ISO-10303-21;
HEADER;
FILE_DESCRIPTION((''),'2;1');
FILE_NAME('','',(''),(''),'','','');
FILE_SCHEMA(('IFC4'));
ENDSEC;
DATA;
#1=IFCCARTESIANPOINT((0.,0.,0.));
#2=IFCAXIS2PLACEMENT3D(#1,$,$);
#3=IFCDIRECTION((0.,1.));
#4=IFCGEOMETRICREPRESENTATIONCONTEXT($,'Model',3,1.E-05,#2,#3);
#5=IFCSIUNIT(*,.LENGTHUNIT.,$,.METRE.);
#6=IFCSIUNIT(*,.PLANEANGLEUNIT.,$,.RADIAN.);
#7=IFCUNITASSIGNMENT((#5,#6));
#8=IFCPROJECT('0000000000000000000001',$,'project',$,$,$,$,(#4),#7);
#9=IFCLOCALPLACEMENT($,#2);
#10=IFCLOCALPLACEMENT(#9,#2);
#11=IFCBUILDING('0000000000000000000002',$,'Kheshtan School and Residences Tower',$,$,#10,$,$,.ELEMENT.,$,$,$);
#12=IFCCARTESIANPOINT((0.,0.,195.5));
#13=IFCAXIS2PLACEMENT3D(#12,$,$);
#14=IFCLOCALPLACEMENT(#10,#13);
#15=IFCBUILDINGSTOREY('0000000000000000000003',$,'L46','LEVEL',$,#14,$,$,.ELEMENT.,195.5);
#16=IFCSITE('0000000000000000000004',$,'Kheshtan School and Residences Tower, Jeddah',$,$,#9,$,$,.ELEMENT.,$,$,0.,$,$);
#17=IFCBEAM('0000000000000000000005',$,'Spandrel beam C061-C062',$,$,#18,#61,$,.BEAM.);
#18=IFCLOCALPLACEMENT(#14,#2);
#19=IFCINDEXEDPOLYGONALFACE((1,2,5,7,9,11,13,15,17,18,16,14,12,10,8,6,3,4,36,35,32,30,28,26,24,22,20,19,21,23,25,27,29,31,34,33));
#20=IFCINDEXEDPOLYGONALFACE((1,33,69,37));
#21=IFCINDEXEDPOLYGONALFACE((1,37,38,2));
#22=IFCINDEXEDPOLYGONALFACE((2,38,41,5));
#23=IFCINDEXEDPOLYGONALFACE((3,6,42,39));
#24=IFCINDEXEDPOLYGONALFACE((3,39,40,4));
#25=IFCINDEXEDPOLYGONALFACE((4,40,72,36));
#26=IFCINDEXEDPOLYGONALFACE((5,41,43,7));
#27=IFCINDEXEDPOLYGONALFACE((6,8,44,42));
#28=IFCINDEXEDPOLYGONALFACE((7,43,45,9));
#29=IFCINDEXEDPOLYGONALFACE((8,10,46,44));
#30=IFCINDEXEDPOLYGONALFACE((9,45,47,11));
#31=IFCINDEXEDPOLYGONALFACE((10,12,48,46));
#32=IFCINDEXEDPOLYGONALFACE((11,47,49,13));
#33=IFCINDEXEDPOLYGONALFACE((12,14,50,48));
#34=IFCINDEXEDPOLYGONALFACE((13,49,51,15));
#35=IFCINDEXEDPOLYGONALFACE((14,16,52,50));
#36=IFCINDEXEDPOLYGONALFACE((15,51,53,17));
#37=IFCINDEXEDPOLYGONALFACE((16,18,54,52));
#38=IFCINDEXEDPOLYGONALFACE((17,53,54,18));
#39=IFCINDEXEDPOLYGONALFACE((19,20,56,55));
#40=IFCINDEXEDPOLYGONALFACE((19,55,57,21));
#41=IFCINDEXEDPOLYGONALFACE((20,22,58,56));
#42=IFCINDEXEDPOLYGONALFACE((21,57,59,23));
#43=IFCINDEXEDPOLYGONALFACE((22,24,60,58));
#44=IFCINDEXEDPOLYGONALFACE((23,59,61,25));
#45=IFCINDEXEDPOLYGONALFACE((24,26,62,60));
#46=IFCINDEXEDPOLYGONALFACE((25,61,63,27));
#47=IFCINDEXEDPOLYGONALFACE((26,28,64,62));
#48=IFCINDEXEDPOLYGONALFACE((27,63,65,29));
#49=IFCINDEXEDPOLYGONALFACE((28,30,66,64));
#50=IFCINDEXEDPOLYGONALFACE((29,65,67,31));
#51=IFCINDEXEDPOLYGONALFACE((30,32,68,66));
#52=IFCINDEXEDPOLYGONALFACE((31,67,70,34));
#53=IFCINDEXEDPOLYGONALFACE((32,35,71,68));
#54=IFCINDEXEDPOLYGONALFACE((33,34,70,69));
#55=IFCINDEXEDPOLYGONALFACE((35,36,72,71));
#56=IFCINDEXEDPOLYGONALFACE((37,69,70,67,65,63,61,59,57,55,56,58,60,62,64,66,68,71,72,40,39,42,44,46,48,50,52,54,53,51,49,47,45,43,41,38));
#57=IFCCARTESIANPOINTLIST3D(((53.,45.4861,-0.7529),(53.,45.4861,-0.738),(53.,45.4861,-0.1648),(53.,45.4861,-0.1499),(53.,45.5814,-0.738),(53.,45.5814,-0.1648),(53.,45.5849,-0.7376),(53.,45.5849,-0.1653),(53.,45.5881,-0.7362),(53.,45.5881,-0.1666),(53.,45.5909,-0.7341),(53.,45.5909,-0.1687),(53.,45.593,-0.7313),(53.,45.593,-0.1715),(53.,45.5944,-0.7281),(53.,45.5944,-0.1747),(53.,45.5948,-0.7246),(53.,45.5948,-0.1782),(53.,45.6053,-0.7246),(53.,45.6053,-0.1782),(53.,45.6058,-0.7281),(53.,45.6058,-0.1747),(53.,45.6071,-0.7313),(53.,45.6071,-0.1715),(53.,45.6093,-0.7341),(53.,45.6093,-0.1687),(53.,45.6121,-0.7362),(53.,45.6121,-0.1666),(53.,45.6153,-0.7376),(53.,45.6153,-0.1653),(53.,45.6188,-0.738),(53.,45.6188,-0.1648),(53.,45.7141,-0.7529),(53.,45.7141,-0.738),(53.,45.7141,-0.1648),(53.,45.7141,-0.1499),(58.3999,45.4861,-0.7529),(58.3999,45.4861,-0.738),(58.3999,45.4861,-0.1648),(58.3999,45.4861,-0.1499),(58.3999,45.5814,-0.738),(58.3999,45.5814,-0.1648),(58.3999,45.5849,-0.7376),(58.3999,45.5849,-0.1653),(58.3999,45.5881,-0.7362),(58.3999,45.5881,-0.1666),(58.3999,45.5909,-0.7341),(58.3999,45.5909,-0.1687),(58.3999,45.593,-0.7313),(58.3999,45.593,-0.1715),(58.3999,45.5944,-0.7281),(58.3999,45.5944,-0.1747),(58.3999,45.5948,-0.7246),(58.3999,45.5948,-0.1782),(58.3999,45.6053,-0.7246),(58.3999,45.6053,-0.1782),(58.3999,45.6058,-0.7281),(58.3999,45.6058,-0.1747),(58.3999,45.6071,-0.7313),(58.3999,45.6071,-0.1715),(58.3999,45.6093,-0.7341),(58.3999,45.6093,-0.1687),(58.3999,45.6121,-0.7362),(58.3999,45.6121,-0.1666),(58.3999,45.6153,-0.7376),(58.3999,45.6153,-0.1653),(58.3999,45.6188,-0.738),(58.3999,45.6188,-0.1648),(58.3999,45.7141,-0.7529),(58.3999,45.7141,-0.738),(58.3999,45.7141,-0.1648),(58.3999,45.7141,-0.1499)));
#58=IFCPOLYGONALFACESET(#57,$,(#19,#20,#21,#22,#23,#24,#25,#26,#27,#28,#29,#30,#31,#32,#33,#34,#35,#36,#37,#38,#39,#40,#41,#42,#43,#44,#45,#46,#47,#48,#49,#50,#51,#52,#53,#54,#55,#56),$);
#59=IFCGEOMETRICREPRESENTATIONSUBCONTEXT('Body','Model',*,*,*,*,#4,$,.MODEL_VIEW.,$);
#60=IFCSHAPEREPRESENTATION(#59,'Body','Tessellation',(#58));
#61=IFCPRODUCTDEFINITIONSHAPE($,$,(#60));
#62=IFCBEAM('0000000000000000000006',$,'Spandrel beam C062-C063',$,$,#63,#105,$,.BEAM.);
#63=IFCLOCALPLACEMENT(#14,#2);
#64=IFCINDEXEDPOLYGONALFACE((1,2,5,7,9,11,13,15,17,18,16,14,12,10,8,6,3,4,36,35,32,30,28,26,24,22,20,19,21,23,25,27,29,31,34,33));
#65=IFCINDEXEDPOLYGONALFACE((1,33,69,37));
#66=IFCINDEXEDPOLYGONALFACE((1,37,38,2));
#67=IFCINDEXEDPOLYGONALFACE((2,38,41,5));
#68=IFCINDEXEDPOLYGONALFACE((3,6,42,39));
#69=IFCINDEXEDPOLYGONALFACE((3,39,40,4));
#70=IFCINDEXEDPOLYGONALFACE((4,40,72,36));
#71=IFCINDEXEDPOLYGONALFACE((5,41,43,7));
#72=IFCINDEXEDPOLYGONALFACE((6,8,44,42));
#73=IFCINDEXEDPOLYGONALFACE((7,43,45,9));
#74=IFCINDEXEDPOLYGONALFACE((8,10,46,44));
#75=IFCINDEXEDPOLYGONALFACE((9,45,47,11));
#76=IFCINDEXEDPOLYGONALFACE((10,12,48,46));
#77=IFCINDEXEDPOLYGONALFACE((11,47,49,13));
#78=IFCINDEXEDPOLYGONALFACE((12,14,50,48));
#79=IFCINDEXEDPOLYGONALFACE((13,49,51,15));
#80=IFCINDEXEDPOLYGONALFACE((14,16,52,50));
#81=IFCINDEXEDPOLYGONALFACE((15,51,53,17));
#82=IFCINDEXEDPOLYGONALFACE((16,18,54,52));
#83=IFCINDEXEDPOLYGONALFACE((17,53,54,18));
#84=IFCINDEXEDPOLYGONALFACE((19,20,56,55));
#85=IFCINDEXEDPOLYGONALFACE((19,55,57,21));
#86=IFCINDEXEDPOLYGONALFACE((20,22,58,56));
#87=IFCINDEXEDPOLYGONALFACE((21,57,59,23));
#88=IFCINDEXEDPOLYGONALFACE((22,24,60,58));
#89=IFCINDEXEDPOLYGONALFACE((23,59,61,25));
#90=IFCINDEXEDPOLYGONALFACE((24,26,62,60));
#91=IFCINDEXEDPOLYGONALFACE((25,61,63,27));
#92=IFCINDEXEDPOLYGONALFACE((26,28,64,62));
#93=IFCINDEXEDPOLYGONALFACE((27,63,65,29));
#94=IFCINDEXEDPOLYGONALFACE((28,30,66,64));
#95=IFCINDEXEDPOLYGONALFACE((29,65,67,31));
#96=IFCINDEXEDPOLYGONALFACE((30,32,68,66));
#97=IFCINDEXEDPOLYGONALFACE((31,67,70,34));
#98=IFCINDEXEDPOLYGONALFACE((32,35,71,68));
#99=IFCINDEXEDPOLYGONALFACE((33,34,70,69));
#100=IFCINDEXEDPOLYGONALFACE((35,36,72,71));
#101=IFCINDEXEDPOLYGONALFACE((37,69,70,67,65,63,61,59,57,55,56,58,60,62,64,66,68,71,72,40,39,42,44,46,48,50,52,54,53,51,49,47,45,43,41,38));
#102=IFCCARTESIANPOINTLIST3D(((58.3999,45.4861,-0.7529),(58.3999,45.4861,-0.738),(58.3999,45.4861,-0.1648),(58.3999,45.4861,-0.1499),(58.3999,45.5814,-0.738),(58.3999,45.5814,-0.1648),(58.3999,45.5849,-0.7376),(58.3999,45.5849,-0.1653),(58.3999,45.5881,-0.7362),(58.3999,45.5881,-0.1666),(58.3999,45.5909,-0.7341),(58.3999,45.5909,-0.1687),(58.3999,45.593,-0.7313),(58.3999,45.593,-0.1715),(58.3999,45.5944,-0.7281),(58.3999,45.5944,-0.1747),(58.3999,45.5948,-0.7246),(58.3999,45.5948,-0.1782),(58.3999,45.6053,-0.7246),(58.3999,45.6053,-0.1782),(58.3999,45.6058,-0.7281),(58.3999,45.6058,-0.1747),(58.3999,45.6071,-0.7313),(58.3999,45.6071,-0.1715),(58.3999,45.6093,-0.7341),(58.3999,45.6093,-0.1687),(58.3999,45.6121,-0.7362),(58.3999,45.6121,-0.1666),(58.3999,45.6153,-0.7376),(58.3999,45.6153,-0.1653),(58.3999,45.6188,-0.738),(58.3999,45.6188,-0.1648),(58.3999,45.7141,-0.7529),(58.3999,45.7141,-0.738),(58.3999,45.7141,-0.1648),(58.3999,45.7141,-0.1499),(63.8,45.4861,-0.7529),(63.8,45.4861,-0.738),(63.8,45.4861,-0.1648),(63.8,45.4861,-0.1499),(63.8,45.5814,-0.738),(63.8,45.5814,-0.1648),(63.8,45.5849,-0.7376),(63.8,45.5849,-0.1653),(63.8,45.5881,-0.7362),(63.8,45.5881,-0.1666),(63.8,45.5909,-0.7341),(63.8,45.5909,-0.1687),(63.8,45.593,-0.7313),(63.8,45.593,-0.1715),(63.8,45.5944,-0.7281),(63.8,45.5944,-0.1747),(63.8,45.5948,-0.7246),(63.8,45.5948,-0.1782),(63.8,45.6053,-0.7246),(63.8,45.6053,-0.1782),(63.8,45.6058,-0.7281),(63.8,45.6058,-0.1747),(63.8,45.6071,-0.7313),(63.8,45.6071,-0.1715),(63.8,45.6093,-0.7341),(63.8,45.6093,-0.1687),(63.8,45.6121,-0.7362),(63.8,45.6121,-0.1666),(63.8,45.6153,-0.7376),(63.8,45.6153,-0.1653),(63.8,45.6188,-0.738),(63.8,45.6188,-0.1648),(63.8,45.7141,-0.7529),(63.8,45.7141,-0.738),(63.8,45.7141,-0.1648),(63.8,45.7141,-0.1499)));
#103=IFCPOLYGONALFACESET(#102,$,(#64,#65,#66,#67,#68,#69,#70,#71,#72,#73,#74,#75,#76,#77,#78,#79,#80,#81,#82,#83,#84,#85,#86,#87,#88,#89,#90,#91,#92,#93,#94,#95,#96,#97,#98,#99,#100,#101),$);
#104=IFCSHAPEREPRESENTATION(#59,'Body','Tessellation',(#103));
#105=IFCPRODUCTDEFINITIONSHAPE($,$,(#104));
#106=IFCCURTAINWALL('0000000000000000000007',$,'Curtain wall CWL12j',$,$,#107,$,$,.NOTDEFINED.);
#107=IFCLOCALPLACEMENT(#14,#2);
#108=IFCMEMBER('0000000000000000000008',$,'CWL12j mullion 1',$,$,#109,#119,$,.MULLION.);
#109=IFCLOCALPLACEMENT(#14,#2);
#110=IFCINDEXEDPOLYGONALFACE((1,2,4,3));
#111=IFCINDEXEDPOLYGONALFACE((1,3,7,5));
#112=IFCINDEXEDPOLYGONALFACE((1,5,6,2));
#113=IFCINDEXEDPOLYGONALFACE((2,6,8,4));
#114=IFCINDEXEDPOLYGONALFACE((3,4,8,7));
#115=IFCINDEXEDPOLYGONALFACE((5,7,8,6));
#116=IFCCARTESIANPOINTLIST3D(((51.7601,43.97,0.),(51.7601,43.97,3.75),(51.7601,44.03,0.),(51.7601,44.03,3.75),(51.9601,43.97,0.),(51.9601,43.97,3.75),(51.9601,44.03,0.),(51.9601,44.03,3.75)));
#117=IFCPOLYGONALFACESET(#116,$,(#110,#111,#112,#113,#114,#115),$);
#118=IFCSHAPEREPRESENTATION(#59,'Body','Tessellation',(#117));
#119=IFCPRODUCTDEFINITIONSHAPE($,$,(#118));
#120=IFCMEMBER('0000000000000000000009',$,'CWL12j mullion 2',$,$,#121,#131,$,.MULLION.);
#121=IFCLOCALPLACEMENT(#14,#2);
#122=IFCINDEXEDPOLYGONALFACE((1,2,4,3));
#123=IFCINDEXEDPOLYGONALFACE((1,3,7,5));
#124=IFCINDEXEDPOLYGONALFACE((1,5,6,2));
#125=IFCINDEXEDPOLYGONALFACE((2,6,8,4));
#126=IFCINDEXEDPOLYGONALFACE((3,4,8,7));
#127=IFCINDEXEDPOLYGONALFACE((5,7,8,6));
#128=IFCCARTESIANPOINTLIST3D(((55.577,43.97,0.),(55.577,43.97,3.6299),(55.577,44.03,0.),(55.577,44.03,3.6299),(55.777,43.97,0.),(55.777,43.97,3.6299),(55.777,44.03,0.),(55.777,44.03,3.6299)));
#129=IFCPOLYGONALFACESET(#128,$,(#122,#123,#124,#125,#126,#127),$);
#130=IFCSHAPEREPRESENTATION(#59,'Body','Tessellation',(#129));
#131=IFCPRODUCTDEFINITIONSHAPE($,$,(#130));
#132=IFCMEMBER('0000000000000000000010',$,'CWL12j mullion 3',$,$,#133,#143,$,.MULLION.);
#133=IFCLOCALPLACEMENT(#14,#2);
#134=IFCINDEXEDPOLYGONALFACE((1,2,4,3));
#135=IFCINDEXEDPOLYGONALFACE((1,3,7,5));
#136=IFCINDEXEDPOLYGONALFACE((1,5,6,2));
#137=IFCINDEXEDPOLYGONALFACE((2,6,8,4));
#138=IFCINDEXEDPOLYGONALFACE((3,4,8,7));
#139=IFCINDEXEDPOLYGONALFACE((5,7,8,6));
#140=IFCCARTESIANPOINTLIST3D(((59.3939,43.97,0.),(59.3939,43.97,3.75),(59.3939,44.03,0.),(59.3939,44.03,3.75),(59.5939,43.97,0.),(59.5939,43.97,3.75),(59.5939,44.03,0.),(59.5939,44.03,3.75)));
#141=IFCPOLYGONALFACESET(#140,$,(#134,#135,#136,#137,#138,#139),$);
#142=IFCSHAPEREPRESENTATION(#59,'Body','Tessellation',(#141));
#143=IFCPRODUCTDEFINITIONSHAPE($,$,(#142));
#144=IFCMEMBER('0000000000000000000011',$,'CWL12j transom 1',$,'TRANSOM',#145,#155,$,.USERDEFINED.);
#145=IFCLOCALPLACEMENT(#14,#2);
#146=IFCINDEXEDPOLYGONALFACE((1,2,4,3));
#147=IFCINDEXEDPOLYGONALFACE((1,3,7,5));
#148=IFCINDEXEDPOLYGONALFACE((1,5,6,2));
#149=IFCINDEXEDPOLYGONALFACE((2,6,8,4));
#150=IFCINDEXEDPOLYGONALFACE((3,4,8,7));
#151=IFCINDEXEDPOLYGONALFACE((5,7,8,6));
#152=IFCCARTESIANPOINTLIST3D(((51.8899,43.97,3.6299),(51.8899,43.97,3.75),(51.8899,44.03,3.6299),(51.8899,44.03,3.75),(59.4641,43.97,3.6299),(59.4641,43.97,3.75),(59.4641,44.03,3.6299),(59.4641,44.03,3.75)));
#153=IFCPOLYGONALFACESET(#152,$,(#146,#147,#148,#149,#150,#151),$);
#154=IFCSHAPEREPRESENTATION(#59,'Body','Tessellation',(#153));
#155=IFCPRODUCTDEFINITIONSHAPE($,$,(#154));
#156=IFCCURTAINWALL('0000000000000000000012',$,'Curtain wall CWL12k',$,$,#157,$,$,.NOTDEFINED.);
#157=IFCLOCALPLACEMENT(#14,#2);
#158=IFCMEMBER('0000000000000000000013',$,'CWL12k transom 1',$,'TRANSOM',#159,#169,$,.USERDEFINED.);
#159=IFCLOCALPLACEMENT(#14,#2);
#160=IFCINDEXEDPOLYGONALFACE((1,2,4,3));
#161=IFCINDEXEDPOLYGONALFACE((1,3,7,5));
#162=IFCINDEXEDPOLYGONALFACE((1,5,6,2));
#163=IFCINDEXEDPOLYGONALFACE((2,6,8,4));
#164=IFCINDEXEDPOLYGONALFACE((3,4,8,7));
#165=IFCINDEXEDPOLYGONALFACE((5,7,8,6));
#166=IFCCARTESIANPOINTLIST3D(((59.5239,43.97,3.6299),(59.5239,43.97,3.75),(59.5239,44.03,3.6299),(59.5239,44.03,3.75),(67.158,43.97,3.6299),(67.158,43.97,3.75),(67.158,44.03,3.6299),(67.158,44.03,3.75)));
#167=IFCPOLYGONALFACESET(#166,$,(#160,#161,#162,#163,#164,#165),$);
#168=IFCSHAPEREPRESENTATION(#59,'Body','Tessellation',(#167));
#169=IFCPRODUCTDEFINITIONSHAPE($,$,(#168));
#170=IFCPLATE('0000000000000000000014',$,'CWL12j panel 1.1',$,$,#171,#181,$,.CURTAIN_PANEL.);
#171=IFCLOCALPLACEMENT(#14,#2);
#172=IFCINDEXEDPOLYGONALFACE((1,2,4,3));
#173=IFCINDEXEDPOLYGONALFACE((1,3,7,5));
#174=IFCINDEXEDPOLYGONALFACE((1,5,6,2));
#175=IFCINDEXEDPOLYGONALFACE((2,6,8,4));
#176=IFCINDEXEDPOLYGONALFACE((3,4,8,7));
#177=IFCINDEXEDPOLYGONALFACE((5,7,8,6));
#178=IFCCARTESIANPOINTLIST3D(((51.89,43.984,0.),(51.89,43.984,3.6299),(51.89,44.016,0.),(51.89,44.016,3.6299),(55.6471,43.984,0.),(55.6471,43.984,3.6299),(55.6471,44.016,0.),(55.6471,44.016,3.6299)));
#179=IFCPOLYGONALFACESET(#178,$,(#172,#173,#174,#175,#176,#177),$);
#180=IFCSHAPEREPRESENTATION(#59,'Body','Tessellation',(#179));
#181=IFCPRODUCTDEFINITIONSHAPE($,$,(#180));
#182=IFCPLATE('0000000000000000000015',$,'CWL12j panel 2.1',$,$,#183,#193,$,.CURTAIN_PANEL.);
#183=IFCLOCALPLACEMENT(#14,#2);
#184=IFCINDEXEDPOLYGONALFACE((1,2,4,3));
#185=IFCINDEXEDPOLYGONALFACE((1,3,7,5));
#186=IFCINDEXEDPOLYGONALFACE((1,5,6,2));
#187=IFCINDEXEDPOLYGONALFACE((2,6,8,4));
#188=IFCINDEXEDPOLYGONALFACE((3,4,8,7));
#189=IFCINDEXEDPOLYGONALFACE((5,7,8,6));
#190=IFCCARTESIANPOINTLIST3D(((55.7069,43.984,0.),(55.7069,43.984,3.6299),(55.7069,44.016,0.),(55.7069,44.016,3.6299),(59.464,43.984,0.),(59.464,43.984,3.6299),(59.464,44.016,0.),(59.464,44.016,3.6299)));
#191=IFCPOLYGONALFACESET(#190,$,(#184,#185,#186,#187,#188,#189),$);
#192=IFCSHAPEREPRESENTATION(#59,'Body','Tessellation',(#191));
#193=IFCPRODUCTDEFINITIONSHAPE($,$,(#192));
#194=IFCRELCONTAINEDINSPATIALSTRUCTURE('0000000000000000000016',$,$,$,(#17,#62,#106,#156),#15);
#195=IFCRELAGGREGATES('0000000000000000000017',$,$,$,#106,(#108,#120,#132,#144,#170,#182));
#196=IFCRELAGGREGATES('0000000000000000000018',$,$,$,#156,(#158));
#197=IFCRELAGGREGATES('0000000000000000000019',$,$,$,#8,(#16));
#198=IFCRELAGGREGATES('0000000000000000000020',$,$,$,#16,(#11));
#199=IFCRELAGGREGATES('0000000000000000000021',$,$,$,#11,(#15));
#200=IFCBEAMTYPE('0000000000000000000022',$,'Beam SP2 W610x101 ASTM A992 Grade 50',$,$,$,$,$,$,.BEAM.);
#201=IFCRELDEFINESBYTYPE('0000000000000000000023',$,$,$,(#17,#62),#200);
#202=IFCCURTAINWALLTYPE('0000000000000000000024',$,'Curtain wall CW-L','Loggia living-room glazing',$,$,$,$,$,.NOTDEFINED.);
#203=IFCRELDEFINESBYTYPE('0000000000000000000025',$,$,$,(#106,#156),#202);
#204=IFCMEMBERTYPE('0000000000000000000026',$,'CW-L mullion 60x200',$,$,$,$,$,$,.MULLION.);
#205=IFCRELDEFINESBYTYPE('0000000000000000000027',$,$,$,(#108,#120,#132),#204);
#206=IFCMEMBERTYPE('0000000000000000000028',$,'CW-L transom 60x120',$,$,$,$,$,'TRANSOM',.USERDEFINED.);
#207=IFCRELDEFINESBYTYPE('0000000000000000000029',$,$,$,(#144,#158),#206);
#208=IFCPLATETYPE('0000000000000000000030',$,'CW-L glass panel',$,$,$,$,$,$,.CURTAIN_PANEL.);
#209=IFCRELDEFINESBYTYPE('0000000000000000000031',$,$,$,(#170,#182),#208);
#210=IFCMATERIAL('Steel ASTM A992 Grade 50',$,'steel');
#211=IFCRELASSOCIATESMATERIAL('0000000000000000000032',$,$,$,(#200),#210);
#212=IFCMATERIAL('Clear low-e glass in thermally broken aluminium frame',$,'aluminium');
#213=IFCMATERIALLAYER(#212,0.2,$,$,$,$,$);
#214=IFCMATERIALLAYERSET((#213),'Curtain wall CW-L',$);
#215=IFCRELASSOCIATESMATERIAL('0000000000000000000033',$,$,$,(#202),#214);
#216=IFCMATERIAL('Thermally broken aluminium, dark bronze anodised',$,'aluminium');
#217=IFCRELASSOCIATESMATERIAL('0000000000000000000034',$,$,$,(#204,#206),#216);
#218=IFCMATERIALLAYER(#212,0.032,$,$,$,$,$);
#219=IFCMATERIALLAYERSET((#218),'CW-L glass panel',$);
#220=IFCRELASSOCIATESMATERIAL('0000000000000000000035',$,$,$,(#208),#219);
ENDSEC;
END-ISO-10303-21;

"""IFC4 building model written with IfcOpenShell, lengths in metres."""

from ifc_helpers import new_model, si_unit, direction, frame, origin, origin_2d, place, context, subcontext, project, spatial, rectangle, i_section, extrude, material, layer, layer_set, material_profile, profile_set, type_object, element, aggregate, save


model = new_model("IFC4")

# Units and contexts
model_context = context("Model", 3, precision=1e-05, world=origin(), true_north=direction((0.0, 1.0)))
body_context = subcontext(model_context, "Body", "Model", "MODEL_VIEW")
ifc_project = project(units=[si_unit("LENGTHUNIT", "METRE"), si_unit("PLANEANGLEUNIT", "RADIAN")], contexts=[model_context])

# Site, building, storey
site_placement = place(None, origin())
site = spatial("IfcSite", under=ifc_project, at=site_placement, Name="Kheshtan School and Residences Tower, Jeddah", CompositionType="ELEMENT", RefElevation=0.0)
building_placement = place(site_placement, origin())
building = spatial("IfcBuilding", under=site, at=building_placement, Name="Kheshtan School and Residences Tower", CompositionType="ELEMENT")
storey_placement = place(building_placement, frame((0.0, 0.0, 195.5)))
storey = spatial("IfcBuildingStorey", under=building, at=storey_placement, Name="L46", Description="LEVEL", CompositionType="ELEMENT", Elevation=195.5)

# Shared definitions
ifc_material_1 = material(Name="Steel ASTM A992 Grade 50", Category="steel")

# Beams
ifc_material_profile_1 = material_profile(ifc_material_1, i_section(OverallWidth=0.228, OverallDepth=0.603, WebThickness=0.0105, FlangeThickness=0.0149, FilletRadius=0.0134, at=origin_2d()), Name="W610x101")
ifc_profile_set_1 = profile_set([ifc_material_profile_1], Name="Steel ASTM A992 Grade 50")
beam_type = type_object("IfcBeamType", Name="Beam SP2 W610x101 ASTM A992 Grade 50", PredefinedType="BEAM", material=ifc_profile_set_1)
beam_1_placement = place(storey_placement, frame((53.0, 45.6001, -0.4514), z_axis=(1.0, 0.0, 0.0), x_axis=(0.0, 1.0, 0.0)))
element("IfcBeam", 1, at=beam_1_placement, inside=storey, type_object=beam_type, Name="Spandrel beam C061-C062", PredefinedType="BEAM", context=body_context, shape_type="SweptSolid", body=[
    extrude(i_section(OverallWidth=0.228, OverallDepth=0.603, WebThickness=0.0105, FlangeThickness=0.0149, FilletRadius=0.0134, at=origin_2d()), origin(), (0.0, 0.0, 1.0), 5.3999),
])
beam_2_placement = place(storey_placement, frame((58.3999, 45.6001, -0.4514), z_axis=(1.0, 0.0, 0.0), x_axis=(0.0, 1.0, 0.0)))
element("IfcBeam", 2, at=beam_2_placement, inside=storey, type_object=beam_type, Name="Spandrel beam C062-C063", PredefinedType="BEAM", context=body_context, shape_type="SweptSolid", body=[
    extrude(i_section(OverallWidth=0.228, OverallDepth=0.603, WebThickness=0.0105, FlangeThickness=0.0149, FilletRadius=0.0134, at=origin_2d()), origin(), (0.0, 0.0, 1.0), 5.4001),
])

# Curtain wall, members
ifc_material_2 = material(Name="Clear low-e glass in thermally broken aluminium frame", Category="aluminium")
ifc_layer_1 = layer(ifc_material_2, 0.2)
ifc_layer_set_1 = layer_set([ifc_layer_1], Name="Curtain wall CW-L")
curtain_wall_type = type_object("IfcCurtainWallType", Name="Curtain wall CW-L", Description="Loggia living-room glazing", PredefinedType="NOTDEFINED", material=ifc_layer_set_1)
curtain_wall_1_placement = place(storey_placement, origin())
curtain_wall_1 = element("IfcCurtainWall", 3, at=curtain_wall_1_placement, inside=storey, type_object=curtain_wall_type, Name="Curtain wall CWL12j", PredefinedType="NOTDEFINED")
ifc_material_3 = material(Name="Thermally broken aluminium, dark bronze anodised", Category="aluminium")
ifc_material_profile_2 = material_profile(ifc_material_3, rectangle(XDim=0.0601, YDim=0.2, at=origin_2d()), Name="CW-L mullion 60x200")
ifc_profile_set_2 = profile_set([ifc_material_profile_2], Name="Thermally broken aluminium, dark bronze anodised")
member_type_1 = type_object("IfcMemberType", Name="CW-L mullion 60x200", PredefinedType="MULLION", material=ifc_profile_set_2)
member_1_placement = place(storey_placement, frame((51.8601, 44.0, 0.0), z_axis=(0.0, 0.0, 1.0), x_axis=(0.0, 1.0, 0.0)))
member_1 = element("IfcMember", 4, at=member_1_placement, type_object=member_type_1, Name="CWL12j mullion 1", PredefinedType="MULLION", context=body_context, shape_type="SweptSolid", body=[
    extrude(rectangle(XDim=0.0601, YDim=0.2, at=origin_2d()), origin(), (0.0, 0.0, 1.0), 3.75),
])
member_2_placement = place(storey_placement, frame((55.677, 44.0, 0.0), z_axis=(0.0, 0.0, 1.0), x_axis=(0.0, 1.0, 0.0)))
member_2 = element("IfcMember", 5, at=member_2_placement, type_object=member_type_1, Name="CWL12j mullion 2", PredefinedType="MULLION", context=body_context, shape_type="SweptSolid", body=[
    extrude(rectangle(XDim=0.0601, YDim=0.2, at=origin_2d()), origin(), (0.0, 0.0, 1.0), 3.6299),
])
member_3_placement = place(storey_placement, frame((59.4939, 44.0, 0.0), z_axis=(0.0, 0.0, 1.0), x_axis=(0.0, 1.0, 0.0)))
member_3 = element("IfcMember", 6, at=member_3_placement, type_object=member_type_1, Name="CWL12j mullion 3", PredefinedType="MULLION", context=body_context, shape_type="SweptSolid", body=[
    extrude(rectangle(XDim=0.0601, YDim=0.2, at=origin_2d()), origin(), (0.0, 0.0, 1.0), 3.75),
])
ifc_material_profile_3 = material_profile(ifc_material_3, rectangle(XDim=0.0601, YDim=0.1201, at=origin_2d()), Name="CW-L transom 60x120")
ifc_profile_set_3 = profile_set([ifc_material_profile_3], Name="Thermally broken aluminium, dark bronze anodised")
member_type_2 = type_object("IfcMemberType", Name="CW-L transom 60x120", ElementType="TRANSOM", PredefinedType="USERDEFINED", material=ifc_profile_set_3)
member_4_placement = place(storey_placement, frame((51.8899, 44.0, 3.6899), z_axis=(1.0, 0.0, 0.0), x_axis=(0.0, 1.0, 0.0)))
member_4 = element("IfcMember", 7, at=member_4_placement, type_object=member_type_2, Name="CWL12j transom 1", ObjectType="TRANSOM", PredefinedType="USERDEFINED", context=body_context, shape_type="SweptSolid", body=[
    extrude(rectangle(XDim=0.0601, YDim=0.1201, at=origin_2d()), origin(), (0.0, 0.0, 1.0), 7.5742),
])

# Curtain wall, member
curtain_wall_2_placement = place(storey_placement, origin())
curtain_wall_2 = element("IfcCurtainWall", 8, at=curtain_wall_2_placement, inside=storey, type_object=curtain_wall_type, Name="Curtain wall CWL12k", PredefinedType="NOTDEFINED")
member_5_placement = place(storey_placement, frame((59.5239, 44.0, 3.6899), z_axis=(1.0, 0.0, 0.0), x_axis=(0.0, 1.0, 0.0)))
member_5 = element("IfcMember", 9, at=member_5_placement, type_object=member_type_2, Name="CWL12k transom 1", ObjectType="TRANSOM", PredefinedType="USERDEFINED", context=body_context, shape_type="SweptSolid", body=[
    extrude(rectangle(XDim=0.0601, YDim=0.1201, at=origin_2d()), origin(), (0.0, 0.0, 1.0), 7.634),
])

# Plates
ifc_layer_2 = layer(ifc_material_2, 0.032)
ifc_layer_set_2 = layer_set([ifc_layer_2], Name="CW-L glass panel")
plate_type = type_object("IfcPlateType", Name="CW-L glass panel", PredefinedType="CURTAIN_PANEL", material=ifc_layer_set_2)
plate_1_placement = place(storey_placement, frame((53.7686, 44.0, 0.0), z_axis=(0.0, 0.0, 1.0), x_axis=(1.0, 0.0, 0.0)))
plate_1 = element("IfcPlate", 10, at=plate_1_placement, type_object=plate_type, Name="CWL12j panel 1.1", PredefinedType="CURTAIN_PANEL", context=body_context, shape_type="SweptSolid", body=[
    extrude(rectangle(XDim=3.7571, YDim=0.032, at=origin_2d()), origin(), (0.0, 0.0, 1.0), 3.6299),
])
plate_2_placement = place(storey_placement, frame((57.5854, 44.0, 0.0), z_axis=(0.0, 0.0, 1.0), x_axis=(1.0, 0.0, 0.0)))
plate_2 = element("IfcPlate", 11, at=plate_2_placement, type_object=plate_type, Name="CWL12j panel 2.1", PredefinedType="CURTAIN_PANEL", context=body_context, shape_type="SweptSolid", body=[
    extrude(rectangle(XDim=3.7571, YDim=0.032, at=origin_2d()), origin(), (0.0, 0.0, 1.0), 3.6299),
])
aggregate(curtain_wall_1, [member_1, member_2, member_3, member_4, plate_1, plate_2])
aggregate(curtain_wall_2, [member_5])

save(model, "model.ifc")
